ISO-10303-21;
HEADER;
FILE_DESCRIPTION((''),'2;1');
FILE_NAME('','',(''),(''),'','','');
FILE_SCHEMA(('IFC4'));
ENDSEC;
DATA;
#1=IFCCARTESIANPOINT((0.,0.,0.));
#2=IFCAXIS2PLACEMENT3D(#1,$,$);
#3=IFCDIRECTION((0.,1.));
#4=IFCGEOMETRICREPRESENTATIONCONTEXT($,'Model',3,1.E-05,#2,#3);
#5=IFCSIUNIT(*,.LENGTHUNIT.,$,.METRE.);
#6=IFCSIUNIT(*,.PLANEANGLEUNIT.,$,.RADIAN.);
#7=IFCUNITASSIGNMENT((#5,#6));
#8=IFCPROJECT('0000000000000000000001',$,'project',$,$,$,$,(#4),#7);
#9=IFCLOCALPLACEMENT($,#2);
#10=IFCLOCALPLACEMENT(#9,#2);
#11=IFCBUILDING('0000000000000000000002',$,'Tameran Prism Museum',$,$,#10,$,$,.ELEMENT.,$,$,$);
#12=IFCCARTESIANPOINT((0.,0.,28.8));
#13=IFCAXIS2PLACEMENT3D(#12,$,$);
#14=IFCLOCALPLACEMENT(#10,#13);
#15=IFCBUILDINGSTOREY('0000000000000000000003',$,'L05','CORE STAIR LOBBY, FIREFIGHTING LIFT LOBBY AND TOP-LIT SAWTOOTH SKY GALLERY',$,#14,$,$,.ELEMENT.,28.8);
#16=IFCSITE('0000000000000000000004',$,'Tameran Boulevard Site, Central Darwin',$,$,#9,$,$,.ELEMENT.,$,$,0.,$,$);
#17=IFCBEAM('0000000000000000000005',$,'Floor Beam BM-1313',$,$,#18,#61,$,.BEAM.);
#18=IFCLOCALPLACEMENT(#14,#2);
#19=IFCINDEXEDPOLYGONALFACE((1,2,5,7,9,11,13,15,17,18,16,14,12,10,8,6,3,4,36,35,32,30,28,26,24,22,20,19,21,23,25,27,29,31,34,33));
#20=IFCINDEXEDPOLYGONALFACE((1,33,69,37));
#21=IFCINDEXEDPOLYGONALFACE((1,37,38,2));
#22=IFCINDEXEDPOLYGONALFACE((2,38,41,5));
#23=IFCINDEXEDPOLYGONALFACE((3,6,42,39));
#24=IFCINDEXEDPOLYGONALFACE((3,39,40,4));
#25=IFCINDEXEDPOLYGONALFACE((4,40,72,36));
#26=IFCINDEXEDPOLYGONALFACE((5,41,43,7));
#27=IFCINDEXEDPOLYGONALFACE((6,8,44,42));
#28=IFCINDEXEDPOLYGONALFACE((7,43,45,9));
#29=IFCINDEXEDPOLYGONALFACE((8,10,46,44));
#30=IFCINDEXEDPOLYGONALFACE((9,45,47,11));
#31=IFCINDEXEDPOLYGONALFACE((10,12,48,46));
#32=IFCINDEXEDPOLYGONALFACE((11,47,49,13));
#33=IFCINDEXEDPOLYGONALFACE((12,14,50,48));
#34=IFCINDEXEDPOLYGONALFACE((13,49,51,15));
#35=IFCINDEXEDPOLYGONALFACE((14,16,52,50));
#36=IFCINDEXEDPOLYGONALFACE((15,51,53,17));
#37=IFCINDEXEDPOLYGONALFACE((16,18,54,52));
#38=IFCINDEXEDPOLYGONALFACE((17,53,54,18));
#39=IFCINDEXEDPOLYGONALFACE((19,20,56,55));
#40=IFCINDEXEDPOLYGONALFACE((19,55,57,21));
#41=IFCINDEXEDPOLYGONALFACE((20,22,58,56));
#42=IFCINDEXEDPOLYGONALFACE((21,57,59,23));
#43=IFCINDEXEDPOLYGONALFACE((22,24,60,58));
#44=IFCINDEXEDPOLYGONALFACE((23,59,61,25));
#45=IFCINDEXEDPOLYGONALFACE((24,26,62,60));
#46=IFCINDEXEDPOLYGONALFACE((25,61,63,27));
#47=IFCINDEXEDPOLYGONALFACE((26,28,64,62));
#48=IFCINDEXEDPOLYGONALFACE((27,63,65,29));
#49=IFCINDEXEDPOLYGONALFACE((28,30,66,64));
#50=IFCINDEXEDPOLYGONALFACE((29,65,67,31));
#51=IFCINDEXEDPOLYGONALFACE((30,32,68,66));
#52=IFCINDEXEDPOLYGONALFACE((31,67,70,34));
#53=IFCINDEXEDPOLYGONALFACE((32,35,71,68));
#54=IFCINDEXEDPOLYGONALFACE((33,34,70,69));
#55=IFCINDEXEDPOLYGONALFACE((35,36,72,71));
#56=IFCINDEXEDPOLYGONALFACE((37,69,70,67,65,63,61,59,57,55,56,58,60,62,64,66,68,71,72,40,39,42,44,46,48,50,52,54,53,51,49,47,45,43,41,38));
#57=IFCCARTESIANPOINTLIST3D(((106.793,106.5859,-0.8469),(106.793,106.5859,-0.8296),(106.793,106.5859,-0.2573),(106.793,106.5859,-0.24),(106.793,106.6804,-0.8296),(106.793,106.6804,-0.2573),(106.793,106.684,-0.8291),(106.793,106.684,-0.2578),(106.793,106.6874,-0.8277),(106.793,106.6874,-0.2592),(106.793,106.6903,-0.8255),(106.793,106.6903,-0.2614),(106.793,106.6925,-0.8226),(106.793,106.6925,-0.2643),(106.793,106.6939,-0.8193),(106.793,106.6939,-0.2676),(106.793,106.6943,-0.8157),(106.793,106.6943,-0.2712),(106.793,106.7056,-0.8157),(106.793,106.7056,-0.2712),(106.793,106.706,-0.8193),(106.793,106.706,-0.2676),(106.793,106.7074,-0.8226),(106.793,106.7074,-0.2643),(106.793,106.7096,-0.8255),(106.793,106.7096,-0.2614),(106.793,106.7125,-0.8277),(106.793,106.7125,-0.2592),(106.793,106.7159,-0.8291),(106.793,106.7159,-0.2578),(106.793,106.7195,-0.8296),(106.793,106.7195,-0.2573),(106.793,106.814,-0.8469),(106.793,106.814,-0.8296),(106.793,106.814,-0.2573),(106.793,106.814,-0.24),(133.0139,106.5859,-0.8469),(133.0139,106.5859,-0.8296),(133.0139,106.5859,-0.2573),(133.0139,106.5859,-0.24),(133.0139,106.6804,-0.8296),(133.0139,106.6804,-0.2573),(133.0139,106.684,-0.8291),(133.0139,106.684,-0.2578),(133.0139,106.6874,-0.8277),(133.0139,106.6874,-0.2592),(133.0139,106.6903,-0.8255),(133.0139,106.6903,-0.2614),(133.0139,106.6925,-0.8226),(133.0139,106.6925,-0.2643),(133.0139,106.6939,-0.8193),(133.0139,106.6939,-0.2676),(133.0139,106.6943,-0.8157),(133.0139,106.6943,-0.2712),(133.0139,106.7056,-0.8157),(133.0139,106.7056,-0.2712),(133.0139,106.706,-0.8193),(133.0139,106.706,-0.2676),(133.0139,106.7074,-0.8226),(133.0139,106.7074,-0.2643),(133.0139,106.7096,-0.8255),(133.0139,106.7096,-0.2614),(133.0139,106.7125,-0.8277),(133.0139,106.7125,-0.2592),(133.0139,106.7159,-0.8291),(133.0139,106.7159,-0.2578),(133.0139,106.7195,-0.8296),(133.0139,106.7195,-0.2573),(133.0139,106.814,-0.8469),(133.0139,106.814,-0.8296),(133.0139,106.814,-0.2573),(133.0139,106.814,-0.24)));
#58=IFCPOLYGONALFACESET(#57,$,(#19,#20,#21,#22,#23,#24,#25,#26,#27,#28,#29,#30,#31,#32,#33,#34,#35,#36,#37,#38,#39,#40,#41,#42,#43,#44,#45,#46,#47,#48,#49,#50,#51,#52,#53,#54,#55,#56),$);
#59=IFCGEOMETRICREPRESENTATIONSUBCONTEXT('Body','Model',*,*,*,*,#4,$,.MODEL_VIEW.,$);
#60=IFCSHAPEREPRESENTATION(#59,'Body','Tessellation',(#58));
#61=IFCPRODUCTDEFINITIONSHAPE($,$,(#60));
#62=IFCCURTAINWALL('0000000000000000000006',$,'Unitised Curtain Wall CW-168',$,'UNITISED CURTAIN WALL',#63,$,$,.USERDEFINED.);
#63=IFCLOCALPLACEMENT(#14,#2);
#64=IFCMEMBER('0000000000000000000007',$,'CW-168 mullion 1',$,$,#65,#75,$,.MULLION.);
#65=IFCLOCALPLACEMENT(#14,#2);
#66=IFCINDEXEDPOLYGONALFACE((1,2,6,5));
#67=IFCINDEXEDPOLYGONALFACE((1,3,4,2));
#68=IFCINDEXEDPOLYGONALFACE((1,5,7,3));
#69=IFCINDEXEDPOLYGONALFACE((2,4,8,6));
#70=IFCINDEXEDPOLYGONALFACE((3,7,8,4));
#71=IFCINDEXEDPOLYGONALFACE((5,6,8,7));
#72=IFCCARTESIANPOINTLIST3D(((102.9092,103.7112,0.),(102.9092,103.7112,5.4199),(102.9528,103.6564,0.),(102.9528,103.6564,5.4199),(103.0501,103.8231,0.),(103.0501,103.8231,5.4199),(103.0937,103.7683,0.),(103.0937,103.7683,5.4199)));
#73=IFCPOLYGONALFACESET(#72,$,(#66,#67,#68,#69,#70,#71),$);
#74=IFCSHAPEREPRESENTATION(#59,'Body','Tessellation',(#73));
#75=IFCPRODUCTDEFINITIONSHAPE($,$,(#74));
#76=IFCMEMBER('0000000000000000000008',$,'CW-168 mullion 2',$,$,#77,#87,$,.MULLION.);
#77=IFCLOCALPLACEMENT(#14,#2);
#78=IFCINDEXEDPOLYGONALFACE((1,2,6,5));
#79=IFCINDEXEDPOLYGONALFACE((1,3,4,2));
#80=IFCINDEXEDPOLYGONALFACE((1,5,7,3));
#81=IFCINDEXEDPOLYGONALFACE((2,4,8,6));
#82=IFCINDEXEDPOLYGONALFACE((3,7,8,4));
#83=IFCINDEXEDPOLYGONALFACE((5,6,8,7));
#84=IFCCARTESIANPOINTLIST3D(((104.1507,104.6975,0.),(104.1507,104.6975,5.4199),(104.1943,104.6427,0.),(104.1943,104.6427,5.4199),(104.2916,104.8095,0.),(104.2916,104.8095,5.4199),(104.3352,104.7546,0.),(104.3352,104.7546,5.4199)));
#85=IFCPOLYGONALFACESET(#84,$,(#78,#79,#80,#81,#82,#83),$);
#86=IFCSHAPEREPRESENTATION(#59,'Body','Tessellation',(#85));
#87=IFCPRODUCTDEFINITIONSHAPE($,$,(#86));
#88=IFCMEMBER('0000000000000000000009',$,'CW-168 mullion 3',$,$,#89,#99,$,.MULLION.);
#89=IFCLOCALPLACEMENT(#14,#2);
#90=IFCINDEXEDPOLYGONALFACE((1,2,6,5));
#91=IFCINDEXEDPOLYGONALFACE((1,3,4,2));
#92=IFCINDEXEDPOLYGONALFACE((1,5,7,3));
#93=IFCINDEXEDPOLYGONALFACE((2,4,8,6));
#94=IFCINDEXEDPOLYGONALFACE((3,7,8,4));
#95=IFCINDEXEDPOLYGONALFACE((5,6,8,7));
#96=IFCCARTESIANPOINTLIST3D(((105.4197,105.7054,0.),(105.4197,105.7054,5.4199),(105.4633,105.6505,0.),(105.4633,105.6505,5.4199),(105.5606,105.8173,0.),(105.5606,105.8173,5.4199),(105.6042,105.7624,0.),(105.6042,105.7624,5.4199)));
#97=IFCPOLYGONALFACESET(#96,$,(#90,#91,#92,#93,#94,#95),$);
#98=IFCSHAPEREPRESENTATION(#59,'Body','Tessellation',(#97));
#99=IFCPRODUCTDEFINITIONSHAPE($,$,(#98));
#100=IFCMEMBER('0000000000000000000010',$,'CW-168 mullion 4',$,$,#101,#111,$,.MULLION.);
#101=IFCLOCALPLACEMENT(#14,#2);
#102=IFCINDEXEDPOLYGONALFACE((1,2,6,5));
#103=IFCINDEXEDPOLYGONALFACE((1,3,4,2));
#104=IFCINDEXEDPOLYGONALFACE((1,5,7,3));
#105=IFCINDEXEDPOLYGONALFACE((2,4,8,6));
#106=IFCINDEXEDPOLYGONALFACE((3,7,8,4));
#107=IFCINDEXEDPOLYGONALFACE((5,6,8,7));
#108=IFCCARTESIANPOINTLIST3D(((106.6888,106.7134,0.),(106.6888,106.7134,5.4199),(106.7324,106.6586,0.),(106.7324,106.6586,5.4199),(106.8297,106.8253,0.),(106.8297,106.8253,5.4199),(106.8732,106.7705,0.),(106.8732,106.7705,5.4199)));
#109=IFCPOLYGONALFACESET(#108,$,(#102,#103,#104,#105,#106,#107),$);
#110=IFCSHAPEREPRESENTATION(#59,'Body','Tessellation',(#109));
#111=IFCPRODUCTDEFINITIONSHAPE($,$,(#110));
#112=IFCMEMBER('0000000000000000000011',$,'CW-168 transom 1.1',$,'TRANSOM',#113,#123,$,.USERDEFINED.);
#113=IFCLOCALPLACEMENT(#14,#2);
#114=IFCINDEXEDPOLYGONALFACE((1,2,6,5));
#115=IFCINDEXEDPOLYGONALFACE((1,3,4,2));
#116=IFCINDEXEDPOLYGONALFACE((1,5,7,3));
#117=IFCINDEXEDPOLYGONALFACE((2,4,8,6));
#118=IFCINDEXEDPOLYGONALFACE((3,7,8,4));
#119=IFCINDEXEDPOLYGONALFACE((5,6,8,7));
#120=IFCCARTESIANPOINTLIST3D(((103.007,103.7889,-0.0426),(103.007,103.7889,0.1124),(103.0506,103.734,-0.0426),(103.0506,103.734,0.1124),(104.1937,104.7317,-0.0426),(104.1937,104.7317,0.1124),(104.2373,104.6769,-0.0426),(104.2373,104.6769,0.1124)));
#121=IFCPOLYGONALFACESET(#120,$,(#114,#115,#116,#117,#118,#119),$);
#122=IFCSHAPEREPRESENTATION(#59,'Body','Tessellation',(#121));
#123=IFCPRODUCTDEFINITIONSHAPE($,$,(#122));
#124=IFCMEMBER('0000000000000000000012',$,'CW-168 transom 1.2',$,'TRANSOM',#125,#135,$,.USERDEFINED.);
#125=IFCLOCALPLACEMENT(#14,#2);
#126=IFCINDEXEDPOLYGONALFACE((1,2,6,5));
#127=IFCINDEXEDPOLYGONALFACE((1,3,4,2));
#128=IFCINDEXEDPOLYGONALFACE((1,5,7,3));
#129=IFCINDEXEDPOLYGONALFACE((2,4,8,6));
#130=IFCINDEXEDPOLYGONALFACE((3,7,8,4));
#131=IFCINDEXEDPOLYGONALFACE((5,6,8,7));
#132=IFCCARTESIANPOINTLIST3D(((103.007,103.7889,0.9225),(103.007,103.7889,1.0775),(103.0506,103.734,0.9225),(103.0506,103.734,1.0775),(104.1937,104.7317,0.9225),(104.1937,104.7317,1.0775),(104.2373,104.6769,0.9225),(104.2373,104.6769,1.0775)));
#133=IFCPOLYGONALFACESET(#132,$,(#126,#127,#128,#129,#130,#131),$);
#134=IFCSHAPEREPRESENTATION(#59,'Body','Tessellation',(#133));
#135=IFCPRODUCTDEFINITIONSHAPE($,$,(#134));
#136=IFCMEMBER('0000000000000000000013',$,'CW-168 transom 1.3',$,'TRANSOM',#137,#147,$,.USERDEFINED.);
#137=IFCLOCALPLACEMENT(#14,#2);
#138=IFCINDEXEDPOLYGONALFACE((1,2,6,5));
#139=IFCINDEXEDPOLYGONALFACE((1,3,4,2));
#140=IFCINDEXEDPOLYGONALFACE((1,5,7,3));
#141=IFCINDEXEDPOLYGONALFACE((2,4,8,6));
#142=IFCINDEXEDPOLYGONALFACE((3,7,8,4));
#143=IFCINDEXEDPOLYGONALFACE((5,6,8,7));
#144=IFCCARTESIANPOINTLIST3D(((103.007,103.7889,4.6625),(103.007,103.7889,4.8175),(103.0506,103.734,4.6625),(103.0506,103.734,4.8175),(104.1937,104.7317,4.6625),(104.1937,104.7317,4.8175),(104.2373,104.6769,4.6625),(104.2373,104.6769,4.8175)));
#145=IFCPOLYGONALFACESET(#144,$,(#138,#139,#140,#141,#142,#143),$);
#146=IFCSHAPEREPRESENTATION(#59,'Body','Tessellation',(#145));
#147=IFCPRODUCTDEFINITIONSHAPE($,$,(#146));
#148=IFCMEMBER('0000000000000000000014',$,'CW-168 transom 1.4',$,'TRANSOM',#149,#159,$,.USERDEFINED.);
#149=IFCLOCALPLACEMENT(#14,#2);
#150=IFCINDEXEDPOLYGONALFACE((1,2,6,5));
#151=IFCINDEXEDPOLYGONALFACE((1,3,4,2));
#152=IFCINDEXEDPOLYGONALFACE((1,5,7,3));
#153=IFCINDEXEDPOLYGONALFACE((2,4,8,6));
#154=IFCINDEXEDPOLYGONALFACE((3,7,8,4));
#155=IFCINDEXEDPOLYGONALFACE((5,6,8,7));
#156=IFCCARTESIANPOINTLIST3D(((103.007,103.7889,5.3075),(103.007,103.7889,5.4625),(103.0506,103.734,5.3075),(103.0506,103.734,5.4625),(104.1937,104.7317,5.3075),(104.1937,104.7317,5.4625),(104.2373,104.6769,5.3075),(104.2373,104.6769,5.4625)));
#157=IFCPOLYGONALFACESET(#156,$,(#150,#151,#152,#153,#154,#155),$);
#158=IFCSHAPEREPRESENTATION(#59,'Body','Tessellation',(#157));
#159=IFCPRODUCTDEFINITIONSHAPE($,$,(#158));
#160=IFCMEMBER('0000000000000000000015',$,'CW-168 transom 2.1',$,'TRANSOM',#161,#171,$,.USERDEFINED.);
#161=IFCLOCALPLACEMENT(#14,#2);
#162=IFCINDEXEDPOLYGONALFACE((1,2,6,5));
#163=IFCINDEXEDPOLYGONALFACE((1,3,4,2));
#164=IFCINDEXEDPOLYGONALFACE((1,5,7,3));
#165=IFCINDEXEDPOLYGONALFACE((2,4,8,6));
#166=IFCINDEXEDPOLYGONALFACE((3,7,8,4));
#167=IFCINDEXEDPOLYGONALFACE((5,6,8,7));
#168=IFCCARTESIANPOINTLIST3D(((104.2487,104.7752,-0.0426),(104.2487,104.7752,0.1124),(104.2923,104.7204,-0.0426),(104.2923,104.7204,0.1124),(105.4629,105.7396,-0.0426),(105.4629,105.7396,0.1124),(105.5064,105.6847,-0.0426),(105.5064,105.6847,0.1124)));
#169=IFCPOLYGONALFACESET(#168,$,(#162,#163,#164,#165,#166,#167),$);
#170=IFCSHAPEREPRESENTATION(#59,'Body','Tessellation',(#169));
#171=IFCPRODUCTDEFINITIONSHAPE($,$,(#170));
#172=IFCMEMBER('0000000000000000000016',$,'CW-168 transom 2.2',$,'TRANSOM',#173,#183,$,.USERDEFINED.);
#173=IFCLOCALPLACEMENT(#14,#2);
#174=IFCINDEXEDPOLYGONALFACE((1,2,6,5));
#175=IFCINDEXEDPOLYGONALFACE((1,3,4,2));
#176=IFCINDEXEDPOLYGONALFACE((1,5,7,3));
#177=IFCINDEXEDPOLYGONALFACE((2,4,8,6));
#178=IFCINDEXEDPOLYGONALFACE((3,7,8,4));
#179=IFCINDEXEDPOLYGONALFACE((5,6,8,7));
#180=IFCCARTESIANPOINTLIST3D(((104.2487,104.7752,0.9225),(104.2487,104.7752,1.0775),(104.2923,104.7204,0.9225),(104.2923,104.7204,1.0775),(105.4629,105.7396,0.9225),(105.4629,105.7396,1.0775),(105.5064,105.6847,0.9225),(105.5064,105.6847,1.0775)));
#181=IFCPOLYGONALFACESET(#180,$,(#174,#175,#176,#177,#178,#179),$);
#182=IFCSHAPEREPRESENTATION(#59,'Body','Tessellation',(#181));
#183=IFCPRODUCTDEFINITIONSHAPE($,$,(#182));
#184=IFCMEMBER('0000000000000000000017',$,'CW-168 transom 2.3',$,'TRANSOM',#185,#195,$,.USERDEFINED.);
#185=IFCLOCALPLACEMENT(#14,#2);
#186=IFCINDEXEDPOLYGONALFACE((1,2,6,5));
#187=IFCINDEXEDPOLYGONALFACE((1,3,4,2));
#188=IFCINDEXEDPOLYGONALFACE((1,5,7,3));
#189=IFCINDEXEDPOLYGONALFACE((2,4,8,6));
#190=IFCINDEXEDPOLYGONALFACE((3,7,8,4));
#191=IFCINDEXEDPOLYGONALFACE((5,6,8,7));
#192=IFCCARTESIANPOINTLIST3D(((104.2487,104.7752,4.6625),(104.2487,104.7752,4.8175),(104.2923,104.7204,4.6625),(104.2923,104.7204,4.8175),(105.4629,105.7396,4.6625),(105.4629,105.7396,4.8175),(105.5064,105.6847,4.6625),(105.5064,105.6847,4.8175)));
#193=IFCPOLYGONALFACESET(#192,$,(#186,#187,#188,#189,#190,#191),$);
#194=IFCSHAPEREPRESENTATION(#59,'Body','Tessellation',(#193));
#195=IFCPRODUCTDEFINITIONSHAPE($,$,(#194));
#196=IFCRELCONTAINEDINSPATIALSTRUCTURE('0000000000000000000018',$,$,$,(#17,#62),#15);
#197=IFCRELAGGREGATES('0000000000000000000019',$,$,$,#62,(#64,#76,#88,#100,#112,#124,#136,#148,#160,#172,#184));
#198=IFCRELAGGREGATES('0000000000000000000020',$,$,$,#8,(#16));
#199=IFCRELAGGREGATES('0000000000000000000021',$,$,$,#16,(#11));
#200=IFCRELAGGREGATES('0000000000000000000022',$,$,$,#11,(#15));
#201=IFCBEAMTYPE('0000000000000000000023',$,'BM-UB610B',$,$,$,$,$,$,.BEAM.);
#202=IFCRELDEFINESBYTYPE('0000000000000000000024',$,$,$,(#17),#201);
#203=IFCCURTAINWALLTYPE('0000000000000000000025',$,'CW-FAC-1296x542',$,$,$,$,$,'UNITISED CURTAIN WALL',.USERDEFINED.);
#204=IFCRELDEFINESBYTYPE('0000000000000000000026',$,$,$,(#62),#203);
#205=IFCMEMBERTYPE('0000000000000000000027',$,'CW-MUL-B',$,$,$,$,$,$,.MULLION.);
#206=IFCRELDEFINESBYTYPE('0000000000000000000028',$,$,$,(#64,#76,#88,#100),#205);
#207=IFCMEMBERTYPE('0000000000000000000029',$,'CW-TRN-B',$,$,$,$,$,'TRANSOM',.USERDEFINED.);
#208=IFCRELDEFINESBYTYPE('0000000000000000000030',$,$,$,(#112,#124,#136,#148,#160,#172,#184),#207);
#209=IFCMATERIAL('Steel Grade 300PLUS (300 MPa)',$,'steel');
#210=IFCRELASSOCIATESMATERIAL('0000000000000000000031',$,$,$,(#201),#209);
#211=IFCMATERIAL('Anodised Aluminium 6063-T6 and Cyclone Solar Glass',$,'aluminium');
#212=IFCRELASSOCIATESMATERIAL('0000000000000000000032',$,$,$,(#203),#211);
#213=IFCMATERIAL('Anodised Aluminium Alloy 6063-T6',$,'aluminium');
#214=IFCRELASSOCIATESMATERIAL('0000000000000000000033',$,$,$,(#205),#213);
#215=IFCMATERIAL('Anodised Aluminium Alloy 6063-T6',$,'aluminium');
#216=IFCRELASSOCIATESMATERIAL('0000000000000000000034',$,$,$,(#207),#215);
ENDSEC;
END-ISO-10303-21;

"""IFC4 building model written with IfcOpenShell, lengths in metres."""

from ifc_helpers import new_model, si_unit, direction, frame, origin, origin_2d, place, context, subcontext, project, spatial, rectangle, i_section, extrude, material, material_profile, profile_set, type_object, element, aggregate, save


model = new_model("IFC4")

# Units and contexts
model_context = context("Model", 3, precision=1e-05, world=origin(), true_north=direction((0.0, 1.0)))
body_context = subcontext(model_context, "Body", "Model", "MODEL_VIEW")
ifc_project = project(units=[si_unit("LENGTHUNIT", "METRE"), si_unit("PLANEANGLEUNIT", "RADIAN")], contexts=[model_context])

# Site, building, storey
site_placement = place(None, origin())
site = spatial("IfcSite", under=ifc_project, at=site_placement, Name="Tameran Boulevard Site, Central Darwin", CompositionType="ELEMENT", RefElevation=0.0)
building_placement = place(site_placement, origin())
building = spatial("IfcBuilding", under=site, at=building_placement, Name="Tameran Prism Museum", CompositionType="ELEMENT")
storey_placement = place(building_placement, frame((0.0, 0.0, 28.8)))
storey = spatial("IfcBuildingStorey", under=building, at=storey_placement, Name="L05", Description="CORE STAIR LOBBY, FIREFIGHTING LIFT LOBBY AND TOP-LIT SAWTOOTH SKY GALLERY", CompositionType="ELEMENT", Elevation=28.8)

# Beam
ifc_material_1 = material(Name="Steel Grade 300PLUS (300 MPa)", Category="steel")
ifc_material_profile_1 = material_profile(ifc_material_1, i_section(OverallWidth=0.228, OverallDepth=0.6069, WebThickness=0.0112, FlangeThickness=0.0173, FilletRadius=0.0139, at=origin_2d()))
ifc_profile_set_1 = profile_set([ifc_material_profile_1])
beam_type = type_object("IfcBeamType", Name="BM-UB610B", PredefinedType="BEAM", material=ifc_profile_set_1)
beam_placement = place(storey_placement, frame((106.793, 106.7, -0.5435), z_axis=(1.0, 0.0, 0.0), x_axis=(0.0, 1.0, 0.0)))
element("IfcBeam", 1, at=beam_placement, inside=storey, type_object=beam_type, Name="Floor Beam BM-1313", PredefinedType="BEAM", context=body_context, shape_type="SweptSolid", body=[
    extrude(i_section(OverallWidth=0.228, OverallDepth=0.6069, WebThickness=0.0112, FlangeThickness=0.0173, FilletRadius=0.0139, at=origin_2d()), origin(), (0.0, 0.0, 1.0), 26.2209),
])

# Curtain wall, members
ifc_material_2 = material(Name="Anodised Aluminium 6063-T6 and Cyclone Solar Glass", Category="aluminium")
curtain_wall_type = type_object("IfcCurtainWallType", Name="CW-FAC-1296x542", ElementType="UNITISED CURTAIN WALL", PredefinedType="USERDEFINED", material=ifc_material_2)
curtain_wall_placement = place(storey_placement, origin())
curtain_wall = element("IfcCurtainWall", 2, at=curtain_wall_placement, inside=storey, type_object=curtain_wall_type, Name="Unitised Curtain Wall CW-168", ObjectType="UNITISED CURTAIN WALL", PredefinedType="USERDEFINED")
ifc_material_3 = material(Name="Anodised Aluminium Alloy 6063-T6", Category="aluminium")
ifc_material_profile_2 = material_profile(ifc_material_3, rectangle(XDim=0.0701, YDim=0.1799, at=origin_2d()))
ifc_profile_set_2 = profile_set([ifc_material_profile_2])
member_type_1 = type_object("IfcMemberType", Name="CW-MUL-B", PredefinedType="MULLION", material=ifc_profile_set_2)
member_1_placement = place(storey_placement, frame((103.0015, 103.7397, 0.0), z_axis=(0.0, 0.0, 1.0), x_axis=(-0.621982, 0.783031, 0.0)))
member_1 = element("IfcMember", 3, at=member_1_placement, type_object=member_type_1, Name="CW-168 mullion 1", PredefinedType="MULLION", context=body_context, shape_type="SweptSolid", body=[
    extrude(rectangle(XDim=0.0701, YDim=0.1799, at=origin_2d()), origin(), (0.0, 0.0, 1.0), 5.4199),
])
member_2_placement = place(storey_placement, frame((104.2429, 104.7261, 0.0), z_axis=(0.0, 0.0, 1.0), x_axis=(-0.621982, 0.783031, 0.0)))
member_2 = element("IfcMember", 4, at=member_2_placement, type_object=member_type_1, Name="CW-168 mullion 2", PredefinedType="MULLION", context=body_context, shape_type="SweptSolid", body=[
    extrude(rectangle(XDim=0.0701, YDim=0.1799, at=origin_2d()), origin(), (0.0, 0.0, 1.0), 5.4199),
])
member_3_placement = place(storey_placement, frame((105.512, 105.7339, 0.0), z_axis=(0.0, 0.0, 1.0), x_axis=(-0.621982, 0.783031, 0.0)))
member_3 = element("IfcMember", 5, at=member_3_placement, type_object=member_type_1, Name="CW-168 mullion 3", PredefinedType="MULLION", context=body_context, shape_type="SweptSolid", body=[
    extrude(rectangle(XDim=0.0701, YDim=0.1799, at=origin_2d()), origin(), (0.0, 0.0, 1.0), 5.4199),
])
member_4_placement = place(storey_placement, frame((106.781, 106.7419, 0.0), z_axis=(0.0, 0.0, 1.0), x_axis=(-0.621982, 0.783031, 0.0)))
member_4 = element("IfcMember", 6, at=member_4_placement, type_object=member_type_1, Name="CW-168 mullion 4", PredefinedType="MULLION", context=body_context, shape_type="SweptSolid", body=[
    extrude(rectangle(XDim=0.0701, YDim=0.1799, at=origin_2d()), origin(), (0.0, 0.0, 1.0), 5.4199),
])
ifc_material_4 = material(Name="Anodised Aluminium Alloy 6063-T6", Category="aluminium")
ifc_material_profile_3 = material_profile(ifc_material_4, rectangle(XDim=0.0701, YDim=0.155, at=origin_2d()))
ifc_profile_set_3 = profile_set([ifc_material_profile_3])
member_type_2 = type_object("IfcMemberType", Name="CW-TRN-B", ElementType="TRANSOM", PredefinedType="USERDEFINED", material=ifc_profile_set_3)
member_5_placement = place(storey_placement, frame((103.0288, 103.7615, 0.0349), z_axis=(0.78297, 0.622059, 0.0), x_axis=(-0.622059, 0.78297, 0.0)))
member_5 = element("IfcMember", 7, at=member_5_placement, type_object=member_type_2, Name="CW-168 transom 1.1", ObjectType="TRANSOM", PredefinedType="USERDEFINED", context=body_context, shape_type="SweptSolid", body=[
    extrude(rectangle(XDim=0.0701, YDim=0.155, at=origin_2d()), origin(), (0.0, 0.0, 1.0), 1.5156),
])
member_6_placement = place(storey_placement, frame((103.0288, 103.7615, 1.0), z_axis=(0.78297, 0.622059, 0.0), x_axis=(-0.622059, 0.78297, 0.0)))
member_6 = element("IfcMember", 8, at=member_6_placement, type_object=member_type_2, Name="CW-168 transom 1.2", ObjectType="TRANSOM", PredefinedType="USERDEFINED", context=body_context, shape_type="SweptSolid", body=[
    extrude(rectangle(XDim=0.0701, YDim=0.155, at=origin_2d()), origin(), (0.0, 0.0, 1.0), 1.5156),
])
member_7_placement = place(storey_placement, frame((103.0288, 103.7615, 4.74), z_axis=(0.78297, 0.622059, 0.0), x_axis=(-0.622059, 0.78297, 0.0)))
member_7 = element("IfcMember", 9, at=member_7_placement, type_object=member_type_2, Name="CW-168 transom 1.3", ObjectType="TRANSOM", PredefinedType="USERDEFINED", context=body_context, shape_type="SweptSolid", body=[
    extrude(rectangle(XDim=0.0701, YDim=0.155, at=origin_2d()), origin(), (0.0, 0.0, 1.0), 1.5156),
])
member_8_placement = place(storey_placement, frame((103.0288, 103.7615, 5.385), z_axis=(0.78297, 0.622059, 0.0), x_axis=(-0.622059, 0.78297, 0.0)))
member_8 = element("IfcMember", 10, at=member_8_placement, type_object=member_type_2, Name="CW-168 transom 1.4", ObjectType="TRANSOM", PredefinedType="USERDEFINED", context=body_context, shape_type="SweptSolid", body=[
    extrude(rectangle(XDim=0.0701, YDim=0.155, at=origin_2d()), origin(), (0.0, 0.0, 1.0), 1.5156),
])
member_9_placement = place(storey_placement, frame((104.2705, 104.7478, 0.0349), z_axis=(0.783045, 0.621965, 0.0), x_axis=(-0.621965, 0.783045, 0.0)))
member_9 = element("IfcMember", 11, at=member_9_placement, type_object=member_type_2, Name="CW-168 transom 2.1", ObjectType="TRANSOM", PredefinedType="USERDEFINED", context=body_context, shape_type="SweptSolid", body=[
    extrude(rectangle(XDim=0.0701, YDim=0.155, at=origin_2d()), origin(), (0.0, 0.0, 1.0), 1.5505),
])
member_10_placement = place(storey_placement, frame((104.2705, 104.7478, 1.0), z_axis=(0.783045, 0.621965, 0.0), x_axis=(-0.621965, 0.783045, 0.0)))
member_10 = element("IfcMember", 12, at=member_10_placement, type_object=member_type_2, Name="CW-168 transom 2.2", ObjectType="TRANSOM", PredefinedType="USERDEFINED", context=body_context, shape_type="SweptSolid", body=[
    extrude(rectangle(XDim=0.0701, YDim=0.155, at=origin_2d()), origin(), (0.0, 0.0, 1.0), 1.5505),
])
member_11_placement = place(storey_placement, frame((104.2705, 104.7478, 4.74), z_axis=(0.783045, 0.621965, 0.0), x_axis=(-0.621965, 0.783045, 0.0)))
member_11 = element("IfcMember", 13, at=member_11_placement, type_object=member_type_2, Name="CW-168 transom 2.3", ObjectType="TRANSOM", PredefinedType="USERDEFINED", context=body_context, shape_type="SweptSolid", body=[
    extrude(rectangle(XDim=0.0701, YDim=0.155, at=origin_2d()), origin(), (0.0, 0.0, 1.0), 1.5505),
])
aggregate(curtain_wall, [member_1, member_2, member_3, member_4, member_5, member_6, member_7, member_8, member_9, member_10, member_11])

save(model, "model.ifc")
